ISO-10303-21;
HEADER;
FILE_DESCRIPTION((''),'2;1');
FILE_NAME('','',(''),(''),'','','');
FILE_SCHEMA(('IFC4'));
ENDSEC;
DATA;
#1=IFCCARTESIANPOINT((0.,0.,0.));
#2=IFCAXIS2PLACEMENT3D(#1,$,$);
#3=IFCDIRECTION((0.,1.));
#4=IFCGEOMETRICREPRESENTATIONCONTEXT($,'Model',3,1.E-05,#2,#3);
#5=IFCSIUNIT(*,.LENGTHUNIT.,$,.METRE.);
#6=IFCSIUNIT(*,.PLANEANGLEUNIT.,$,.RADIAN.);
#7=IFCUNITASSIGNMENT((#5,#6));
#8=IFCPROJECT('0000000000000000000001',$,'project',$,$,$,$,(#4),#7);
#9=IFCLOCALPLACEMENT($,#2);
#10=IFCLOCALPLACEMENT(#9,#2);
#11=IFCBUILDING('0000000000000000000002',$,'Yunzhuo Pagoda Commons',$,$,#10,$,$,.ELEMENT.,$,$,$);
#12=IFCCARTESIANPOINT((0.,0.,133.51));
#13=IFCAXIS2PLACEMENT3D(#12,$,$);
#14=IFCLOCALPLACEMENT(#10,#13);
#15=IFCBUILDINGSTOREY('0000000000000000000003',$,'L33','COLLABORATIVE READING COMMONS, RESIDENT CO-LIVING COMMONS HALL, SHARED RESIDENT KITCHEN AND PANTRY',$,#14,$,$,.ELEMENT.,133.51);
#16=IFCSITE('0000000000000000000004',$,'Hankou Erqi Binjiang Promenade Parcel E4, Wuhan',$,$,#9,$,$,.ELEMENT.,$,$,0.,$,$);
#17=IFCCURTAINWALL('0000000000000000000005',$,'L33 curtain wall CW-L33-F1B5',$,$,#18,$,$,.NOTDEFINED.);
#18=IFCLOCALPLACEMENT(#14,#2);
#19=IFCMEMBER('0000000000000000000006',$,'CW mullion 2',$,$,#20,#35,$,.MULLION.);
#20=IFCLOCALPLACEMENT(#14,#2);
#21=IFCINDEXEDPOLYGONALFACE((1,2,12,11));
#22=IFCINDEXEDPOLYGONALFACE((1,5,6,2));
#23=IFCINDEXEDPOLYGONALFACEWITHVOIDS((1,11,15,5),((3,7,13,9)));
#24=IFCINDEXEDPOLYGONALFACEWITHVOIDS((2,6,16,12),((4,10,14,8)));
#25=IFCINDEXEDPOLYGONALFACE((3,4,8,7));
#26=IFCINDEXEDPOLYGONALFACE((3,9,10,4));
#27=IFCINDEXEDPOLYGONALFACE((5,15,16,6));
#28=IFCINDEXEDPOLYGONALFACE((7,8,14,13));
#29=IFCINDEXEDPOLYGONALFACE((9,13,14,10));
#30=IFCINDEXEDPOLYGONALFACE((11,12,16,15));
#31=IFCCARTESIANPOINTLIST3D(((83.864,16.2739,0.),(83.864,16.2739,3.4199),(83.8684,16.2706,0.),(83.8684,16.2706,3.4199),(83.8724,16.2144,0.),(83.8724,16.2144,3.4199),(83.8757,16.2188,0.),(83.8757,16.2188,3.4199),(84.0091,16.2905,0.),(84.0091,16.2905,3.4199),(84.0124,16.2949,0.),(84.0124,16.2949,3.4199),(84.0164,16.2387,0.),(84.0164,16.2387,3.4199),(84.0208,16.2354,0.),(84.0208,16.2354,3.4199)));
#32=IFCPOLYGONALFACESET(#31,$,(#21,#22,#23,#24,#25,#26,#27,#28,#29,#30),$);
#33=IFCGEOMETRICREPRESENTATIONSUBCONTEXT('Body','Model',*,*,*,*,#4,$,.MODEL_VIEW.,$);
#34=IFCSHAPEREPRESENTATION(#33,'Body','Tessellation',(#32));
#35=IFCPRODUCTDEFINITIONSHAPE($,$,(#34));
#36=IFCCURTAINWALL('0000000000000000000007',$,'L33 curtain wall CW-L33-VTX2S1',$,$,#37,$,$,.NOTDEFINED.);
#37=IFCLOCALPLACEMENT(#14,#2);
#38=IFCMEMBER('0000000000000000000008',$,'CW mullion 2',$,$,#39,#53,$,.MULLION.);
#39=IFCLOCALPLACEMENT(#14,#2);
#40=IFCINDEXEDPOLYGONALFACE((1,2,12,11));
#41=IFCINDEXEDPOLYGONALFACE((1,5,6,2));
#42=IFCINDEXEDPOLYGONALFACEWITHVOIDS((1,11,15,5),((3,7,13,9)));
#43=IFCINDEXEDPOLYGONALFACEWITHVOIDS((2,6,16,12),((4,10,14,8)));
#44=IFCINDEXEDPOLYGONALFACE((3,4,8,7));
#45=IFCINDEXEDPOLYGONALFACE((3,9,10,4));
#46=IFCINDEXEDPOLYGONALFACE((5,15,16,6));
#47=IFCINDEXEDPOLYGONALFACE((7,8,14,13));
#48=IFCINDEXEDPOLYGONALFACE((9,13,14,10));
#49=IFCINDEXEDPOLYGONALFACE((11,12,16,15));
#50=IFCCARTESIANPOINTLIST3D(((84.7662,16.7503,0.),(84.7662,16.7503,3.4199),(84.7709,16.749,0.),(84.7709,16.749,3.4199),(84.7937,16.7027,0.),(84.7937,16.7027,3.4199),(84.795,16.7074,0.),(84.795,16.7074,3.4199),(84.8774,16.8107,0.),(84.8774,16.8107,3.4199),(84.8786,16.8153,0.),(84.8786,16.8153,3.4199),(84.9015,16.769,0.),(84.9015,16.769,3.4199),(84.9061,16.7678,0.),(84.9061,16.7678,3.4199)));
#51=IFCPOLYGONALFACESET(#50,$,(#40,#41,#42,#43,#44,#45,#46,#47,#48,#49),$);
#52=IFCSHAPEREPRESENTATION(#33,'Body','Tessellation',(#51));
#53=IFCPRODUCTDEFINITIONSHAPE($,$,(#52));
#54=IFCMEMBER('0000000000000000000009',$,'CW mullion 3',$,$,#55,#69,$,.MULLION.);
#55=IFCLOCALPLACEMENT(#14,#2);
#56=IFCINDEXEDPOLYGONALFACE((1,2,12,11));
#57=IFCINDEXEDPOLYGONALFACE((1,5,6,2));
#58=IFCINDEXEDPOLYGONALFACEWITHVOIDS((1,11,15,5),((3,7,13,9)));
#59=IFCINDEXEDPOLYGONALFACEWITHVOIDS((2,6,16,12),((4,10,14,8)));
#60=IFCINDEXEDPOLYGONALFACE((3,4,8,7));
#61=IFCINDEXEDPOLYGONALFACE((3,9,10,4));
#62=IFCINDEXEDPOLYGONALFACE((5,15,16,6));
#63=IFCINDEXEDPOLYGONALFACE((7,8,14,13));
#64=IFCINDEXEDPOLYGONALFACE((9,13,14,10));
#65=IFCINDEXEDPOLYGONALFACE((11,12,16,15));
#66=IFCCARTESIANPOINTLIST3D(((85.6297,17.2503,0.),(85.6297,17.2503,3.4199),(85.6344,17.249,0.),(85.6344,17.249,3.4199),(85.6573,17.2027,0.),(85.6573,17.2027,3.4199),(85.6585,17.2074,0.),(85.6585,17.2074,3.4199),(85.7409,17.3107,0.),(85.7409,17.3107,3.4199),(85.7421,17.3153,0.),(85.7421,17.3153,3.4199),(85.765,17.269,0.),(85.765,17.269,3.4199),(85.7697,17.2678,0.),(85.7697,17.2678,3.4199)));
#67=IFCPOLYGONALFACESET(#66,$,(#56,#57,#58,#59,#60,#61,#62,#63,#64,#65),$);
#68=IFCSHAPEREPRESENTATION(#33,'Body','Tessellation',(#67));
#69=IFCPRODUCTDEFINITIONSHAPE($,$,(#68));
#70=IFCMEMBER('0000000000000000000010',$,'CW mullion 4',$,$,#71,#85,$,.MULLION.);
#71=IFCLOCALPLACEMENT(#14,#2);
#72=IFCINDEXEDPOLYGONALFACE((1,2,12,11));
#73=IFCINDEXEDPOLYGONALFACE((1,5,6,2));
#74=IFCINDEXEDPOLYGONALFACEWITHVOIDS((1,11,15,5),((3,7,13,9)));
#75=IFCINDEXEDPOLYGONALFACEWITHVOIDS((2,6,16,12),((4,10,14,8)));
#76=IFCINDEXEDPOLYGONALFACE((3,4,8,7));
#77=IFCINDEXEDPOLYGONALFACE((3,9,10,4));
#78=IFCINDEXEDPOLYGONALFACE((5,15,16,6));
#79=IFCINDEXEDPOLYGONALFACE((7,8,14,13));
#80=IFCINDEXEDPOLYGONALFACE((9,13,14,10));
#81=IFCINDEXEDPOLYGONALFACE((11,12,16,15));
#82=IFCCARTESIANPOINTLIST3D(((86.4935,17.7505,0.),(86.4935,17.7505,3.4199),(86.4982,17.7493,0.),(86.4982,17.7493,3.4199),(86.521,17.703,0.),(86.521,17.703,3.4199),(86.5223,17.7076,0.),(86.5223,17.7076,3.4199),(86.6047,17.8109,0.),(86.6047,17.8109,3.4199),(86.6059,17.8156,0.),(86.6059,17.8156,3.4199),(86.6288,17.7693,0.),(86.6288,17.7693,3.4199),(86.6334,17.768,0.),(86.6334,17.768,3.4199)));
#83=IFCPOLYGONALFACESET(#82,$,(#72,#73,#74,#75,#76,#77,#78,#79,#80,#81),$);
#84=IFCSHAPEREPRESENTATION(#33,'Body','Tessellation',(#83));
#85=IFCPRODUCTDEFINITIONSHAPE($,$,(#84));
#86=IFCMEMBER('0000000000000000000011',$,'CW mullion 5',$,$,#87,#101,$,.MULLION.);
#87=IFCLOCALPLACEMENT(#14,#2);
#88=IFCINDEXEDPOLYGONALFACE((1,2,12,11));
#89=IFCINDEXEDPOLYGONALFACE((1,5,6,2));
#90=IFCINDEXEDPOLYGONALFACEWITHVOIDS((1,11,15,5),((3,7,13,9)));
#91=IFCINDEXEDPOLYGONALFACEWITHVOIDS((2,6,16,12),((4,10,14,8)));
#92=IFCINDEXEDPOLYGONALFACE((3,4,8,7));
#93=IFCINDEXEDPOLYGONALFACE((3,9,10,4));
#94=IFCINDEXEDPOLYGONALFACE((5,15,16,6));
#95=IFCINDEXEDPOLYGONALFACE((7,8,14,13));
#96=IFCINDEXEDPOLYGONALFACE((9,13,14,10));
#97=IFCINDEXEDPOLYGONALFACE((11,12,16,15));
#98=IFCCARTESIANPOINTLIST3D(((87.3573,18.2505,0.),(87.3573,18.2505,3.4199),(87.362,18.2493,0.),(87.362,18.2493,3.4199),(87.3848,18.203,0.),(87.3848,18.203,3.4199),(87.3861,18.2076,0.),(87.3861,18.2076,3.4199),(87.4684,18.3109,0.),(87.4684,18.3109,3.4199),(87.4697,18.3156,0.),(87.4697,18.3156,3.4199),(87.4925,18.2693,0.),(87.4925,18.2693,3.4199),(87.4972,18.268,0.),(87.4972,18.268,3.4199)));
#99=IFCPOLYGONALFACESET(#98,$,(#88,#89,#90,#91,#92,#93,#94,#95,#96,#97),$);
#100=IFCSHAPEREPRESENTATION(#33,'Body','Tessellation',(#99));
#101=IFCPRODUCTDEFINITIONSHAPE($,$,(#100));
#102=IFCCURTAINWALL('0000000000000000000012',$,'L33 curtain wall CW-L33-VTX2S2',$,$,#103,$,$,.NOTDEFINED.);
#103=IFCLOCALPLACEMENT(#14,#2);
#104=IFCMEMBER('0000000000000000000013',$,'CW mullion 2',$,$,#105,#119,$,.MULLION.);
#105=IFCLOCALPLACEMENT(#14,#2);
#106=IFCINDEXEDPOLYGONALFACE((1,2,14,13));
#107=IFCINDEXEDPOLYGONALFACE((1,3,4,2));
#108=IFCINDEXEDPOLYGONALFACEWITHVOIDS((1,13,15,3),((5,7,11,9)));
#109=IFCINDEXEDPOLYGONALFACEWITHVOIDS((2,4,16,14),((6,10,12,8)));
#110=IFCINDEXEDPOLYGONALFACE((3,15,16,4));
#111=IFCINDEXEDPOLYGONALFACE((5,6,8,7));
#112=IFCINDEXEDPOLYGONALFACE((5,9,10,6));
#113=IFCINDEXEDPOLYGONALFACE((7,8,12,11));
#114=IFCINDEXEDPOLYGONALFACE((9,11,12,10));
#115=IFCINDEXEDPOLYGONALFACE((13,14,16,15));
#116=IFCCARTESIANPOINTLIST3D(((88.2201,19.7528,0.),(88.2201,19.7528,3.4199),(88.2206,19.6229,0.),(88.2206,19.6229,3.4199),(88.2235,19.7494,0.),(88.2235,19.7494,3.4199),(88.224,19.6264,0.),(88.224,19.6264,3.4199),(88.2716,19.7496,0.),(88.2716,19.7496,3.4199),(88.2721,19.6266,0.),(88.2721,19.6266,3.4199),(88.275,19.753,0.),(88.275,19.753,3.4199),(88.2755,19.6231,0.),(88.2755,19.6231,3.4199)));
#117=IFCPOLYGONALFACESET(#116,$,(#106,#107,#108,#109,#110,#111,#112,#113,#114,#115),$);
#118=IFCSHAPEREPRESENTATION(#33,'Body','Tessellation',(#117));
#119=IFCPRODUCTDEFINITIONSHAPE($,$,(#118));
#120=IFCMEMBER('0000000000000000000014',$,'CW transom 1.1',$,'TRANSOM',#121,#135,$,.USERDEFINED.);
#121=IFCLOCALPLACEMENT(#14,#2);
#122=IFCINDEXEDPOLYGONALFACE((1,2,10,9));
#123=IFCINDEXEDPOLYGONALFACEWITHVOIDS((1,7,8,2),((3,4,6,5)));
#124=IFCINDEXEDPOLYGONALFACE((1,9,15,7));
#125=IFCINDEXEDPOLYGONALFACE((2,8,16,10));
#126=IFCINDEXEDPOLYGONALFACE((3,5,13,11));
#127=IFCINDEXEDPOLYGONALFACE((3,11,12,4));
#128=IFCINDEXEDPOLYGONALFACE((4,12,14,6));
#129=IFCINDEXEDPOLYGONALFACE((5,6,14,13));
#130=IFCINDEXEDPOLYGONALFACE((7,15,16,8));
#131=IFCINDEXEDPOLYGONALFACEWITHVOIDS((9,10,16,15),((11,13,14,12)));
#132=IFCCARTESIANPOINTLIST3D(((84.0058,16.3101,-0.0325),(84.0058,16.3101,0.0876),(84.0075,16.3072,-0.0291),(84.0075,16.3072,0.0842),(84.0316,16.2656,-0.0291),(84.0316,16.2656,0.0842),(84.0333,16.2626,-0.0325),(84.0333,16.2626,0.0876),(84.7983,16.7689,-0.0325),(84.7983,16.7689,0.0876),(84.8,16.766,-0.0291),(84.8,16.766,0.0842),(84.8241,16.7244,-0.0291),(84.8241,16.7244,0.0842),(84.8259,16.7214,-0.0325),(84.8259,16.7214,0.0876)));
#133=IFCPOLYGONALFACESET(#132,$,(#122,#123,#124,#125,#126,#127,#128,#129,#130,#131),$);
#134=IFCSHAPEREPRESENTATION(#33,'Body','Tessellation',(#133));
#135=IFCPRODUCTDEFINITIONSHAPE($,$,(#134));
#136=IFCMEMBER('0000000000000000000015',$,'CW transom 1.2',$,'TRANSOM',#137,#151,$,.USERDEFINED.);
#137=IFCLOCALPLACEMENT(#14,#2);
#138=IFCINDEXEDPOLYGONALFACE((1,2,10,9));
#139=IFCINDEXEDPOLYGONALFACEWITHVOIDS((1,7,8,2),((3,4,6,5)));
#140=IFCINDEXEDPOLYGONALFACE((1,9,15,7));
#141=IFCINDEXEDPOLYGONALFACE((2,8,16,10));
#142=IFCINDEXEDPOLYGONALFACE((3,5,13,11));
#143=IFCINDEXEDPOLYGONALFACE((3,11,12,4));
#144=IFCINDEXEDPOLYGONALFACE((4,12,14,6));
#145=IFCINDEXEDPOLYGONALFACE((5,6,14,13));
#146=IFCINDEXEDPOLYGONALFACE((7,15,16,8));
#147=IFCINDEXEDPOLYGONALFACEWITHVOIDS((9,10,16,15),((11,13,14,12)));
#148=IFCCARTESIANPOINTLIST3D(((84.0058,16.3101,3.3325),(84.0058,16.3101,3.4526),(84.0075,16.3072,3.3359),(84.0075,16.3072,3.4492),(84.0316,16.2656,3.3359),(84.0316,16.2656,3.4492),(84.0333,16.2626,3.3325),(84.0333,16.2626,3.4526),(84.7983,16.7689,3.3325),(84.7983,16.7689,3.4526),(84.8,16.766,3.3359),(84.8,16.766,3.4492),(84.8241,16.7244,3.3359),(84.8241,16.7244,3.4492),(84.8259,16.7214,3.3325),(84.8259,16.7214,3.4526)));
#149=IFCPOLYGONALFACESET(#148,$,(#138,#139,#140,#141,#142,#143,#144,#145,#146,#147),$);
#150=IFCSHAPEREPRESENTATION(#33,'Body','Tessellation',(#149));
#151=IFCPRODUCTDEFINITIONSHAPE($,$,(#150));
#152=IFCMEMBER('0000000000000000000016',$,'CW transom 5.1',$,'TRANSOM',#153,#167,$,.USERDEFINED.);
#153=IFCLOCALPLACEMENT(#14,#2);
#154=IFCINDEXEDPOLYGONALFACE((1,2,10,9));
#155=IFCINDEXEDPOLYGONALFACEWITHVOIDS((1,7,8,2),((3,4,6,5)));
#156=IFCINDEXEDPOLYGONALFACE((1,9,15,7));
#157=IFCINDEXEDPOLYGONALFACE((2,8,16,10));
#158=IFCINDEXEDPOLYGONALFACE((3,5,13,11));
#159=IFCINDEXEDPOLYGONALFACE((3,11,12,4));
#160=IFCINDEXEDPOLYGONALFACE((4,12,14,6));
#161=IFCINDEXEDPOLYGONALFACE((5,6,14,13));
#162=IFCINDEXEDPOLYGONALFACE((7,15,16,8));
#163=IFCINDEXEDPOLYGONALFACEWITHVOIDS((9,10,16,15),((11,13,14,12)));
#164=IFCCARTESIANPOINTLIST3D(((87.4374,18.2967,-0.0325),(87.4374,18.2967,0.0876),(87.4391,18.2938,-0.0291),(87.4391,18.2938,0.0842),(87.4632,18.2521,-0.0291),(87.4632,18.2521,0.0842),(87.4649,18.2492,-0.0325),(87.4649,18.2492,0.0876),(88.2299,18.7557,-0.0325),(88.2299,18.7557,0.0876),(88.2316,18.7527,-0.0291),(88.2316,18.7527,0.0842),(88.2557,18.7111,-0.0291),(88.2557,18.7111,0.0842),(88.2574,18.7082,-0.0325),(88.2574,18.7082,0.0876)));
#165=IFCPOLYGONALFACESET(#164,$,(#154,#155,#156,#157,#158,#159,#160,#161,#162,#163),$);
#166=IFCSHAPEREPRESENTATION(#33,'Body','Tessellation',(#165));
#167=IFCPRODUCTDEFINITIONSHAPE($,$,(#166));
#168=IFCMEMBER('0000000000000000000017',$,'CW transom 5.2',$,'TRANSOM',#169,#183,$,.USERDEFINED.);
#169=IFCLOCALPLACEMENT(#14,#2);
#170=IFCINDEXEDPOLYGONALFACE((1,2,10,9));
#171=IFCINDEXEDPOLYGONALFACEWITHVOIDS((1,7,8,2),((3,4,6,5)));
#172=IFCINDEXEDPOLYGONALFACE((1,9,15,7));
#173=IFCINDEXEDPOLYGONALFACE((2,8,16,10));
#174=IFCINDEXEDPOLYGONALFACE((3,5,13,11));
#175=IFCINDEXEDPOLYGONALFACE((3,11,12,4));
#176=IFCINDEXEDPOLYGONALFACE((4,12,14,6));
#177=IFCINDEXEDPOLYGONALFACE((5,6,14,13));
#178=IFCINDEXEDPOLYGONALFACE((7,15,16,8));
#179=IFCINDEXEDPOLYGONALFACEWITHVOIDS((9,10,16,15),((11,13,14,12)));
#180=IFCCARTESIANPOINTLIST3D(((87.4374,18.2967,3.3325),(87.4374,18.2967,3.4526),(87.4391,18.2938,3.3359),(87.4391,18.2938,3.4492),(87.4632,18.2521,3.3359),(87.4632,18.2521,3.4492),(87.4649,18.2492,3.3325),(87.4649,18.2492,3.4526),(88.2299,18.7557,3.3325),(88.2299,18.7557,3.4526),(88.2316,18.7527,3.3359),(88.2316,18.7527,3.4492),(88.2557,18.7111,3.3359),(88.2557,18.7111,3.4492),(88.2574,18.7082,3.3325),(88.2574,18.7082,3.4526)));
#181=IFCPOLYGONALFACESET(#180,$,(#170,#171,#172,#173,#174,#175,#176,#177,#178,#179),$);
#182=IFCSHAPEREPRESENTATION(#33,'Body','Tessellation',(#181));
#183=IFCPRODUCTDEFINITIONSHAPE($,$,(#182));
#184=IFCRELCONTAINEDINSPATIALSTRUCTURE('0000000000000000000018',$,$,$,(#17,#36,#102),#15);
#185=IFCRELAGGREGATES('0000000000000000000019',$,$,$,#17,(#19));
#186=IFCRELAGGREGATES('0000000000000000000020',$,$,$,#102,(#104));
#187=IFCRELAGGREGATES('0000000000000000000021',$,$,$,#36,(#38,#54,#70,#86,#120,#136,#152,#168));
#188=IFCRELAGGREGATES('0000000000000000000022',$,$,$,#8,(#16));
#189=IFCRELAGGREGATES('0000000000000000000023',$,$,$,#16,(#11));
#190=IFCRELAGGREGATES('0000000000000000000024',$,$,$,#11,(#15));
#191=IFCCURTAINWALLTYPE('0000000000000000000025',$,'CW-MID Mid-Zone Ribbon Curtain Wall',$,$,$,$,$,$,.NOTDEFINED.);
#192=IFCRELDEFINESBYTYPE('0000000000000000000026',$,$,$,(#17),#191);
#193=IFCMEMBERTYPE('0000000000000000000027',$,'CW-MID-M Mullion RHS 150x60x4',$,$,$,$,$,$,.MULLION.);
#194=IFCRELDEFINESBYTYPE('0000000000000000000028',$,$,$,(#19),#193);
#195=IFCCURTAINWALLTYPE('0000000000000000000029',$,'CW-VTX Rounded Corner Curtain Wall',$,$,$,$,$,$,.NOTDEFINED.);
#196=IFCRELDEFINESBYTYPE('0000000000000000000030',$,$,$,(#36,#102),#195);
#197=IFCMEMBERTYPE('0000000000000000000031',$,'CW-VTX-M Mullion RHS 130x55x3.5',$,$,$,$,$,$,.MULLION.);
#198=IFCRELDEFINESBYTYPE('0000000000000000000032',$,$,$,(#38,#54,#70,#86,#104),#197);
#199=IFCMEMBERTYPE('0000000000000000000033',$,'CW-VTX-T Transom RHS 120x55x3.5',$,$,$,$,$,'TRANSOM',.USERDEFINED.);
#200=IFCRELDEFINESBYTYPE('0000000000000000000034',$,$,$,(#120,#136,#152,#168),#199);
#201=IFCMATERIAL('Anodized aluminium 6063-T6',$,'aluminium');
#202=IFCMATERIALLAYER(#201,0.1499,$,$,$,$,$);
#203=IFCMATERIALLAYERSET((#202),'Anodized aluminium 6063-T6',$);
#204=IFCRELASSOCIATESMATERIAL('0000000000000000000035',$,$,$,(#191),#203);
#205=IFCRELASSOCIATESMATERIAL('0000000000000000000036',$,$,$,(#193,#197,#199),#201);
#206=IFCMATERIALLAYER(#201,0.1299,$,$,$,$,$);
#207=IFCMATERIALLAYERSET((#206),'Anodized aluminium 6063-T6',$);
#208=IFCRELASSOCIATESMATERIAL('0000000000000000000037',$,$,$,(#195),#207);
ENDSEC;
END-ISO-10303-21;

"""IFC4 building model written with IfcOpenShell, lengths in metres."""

from ifc_helpers import new_model, si_unit, direction, frame, origin, origin_2d, place, context, subcontext, project, spatial, hollow_rectangle, extrude, source, transform, mapped, material, layer, layer_set, material_profile, profile_set, type_object, element, aggregate, save


model = new_model("IFC4")

# Units and contexts
model_context = context("Model", 3, precision=1e-05, world=origin(), true_north=direction((0.0, 1.0)))
body_context = subcontext(model_context, "Body", "Model", "MODEL_VIEW")
ifc_project = project(units=[si_unit("LENGTHUNIT", "METRE"), si_unit("PLANEANGLEUNIT", "RADIAN")], contexts=[model_context])

# Site, building, storey
site_placement = place(None, origin())
site = spatial("IfcSite", under=ifc_project, at=site_placement, Name="Hankou Erqi Binjiang Promenade Parcel E4, Wuhan", CompositionType="ELEMENT", RefElevation=0.0)
building_placement = place(site_placement, origin())
building = spatial("IfcBuilding", under=site, at=building_placement, Name="Yunzhuo Pagoda Commons", CompositionType="ELEMENT")
storey_placement = place(building_placement, frame((0.0, 0.0, 133.51)))
storey = spatial("IfcBuildingStorey", under=building, at=storey_placement, Name="L33", Description="COLLABORATIVE READING COMMONS, RESIDENT CO-LIVING COMMONS HALL, SHARED RESIDENT KITCHEN AND PANTRY", CompositionType="ELEMENT", Elevation=133.51)

# Curtain wall, member
ifc_material_1 = material(Name="Anodized aluminium 6063-T6", Category="aluminium")
ifc_layer_1 = layer(ifc_material_1, 0.1499)
ifc_layer_set_1 = layer_set([ifc_layer_1], Name="Anodized aluminium 6063-T6")
curtain_wall_type_1 = type_object("IfcCurtainWallType", Name="CW-MID Mid-Zone Ribbon Curtain Wall", PredefinedType="NOTDEFINED", material=ifc_layer_set_1)
curtain_wall_1_placement = place(storey_placement, origin())
curtain_wall_1 = element("IfcCurtainWall", 1, at=curtain_wall_1_placement, inside=storey, type_object=curtain_wall_type_1, Name="L33 curtain wall CW-L33-F1B5", PredefinedType="NOTDEFINED")
ifc_material_profile_1 = material_profile(ifc_material_1, hollow_rectangle(XDim=0.0601, YDim=0.1499, WallThickness=0.0039, at=origin_2d()), Name="Anodized aluminium 6063-T6")
ifc_profile_set_1 = profile_set([ifc_material_profile_1], Name="Anodized aluminium 6063-T6")
member_type_1 = type_object("IfcMemberType", Name="CW-MID-M Mullion RHS 150x60x4", PredefinedType="MULLION", material=ifc_profile_set_1)
shared_shape_1 = source(origin(), body_context, "Body", "SweptSolid", [
    extrude(hollow_rectangle(XDim=0.0601, YDim=0.1499, WallThickness=0.0039, at=origin_2d()), origin(), (0.0, 0.0, 1.0), 3.4199),
])
member_1_placement = place(storey_placement, frame((83.9424, 16.2546, 0.0), z_axis=(0.0, 0.0, 1.0), x_axis=(-0.140027, 0.990148, 0.0)))
member_1 = element("IfcMember", 2, at=member_1_placement, type_object=member_type_1, Name="CW mullion 2", PredefinedType="MULLION", context=body_context, shape_type="MappedRepresentation", body=[
    mapped(shared_shape_1, transform((0.0, 0.0, 0.0), scale=1.0)),
])
aggregate(curtain_wall_1, [member_1])

# Curtain wall, members
ifc_layer_2 = layer(ifc_material_1, 0.1299)
ifc_layer_set_2 = layer_set([ifc_layer_2], Name="Anodized aluminium 6063-T6")
curtain_wall_type_2 = type_object("IfcCurtainWallType", Name="CW-VTX Rounded Corner Curtain Wall", PredefinedType="NOTDEFINED", material=ifc_layer_set_2)
curtain_wall_2_placement = place(storey_placement, origin())
curtain_wall_2 = element("IfcCurtainWall", 3, at=curtain_wall_2_placement, inside=storey, type_object=curtain_wall_type_2, Name="L33 curtain wall CW-L33-VTX2S1", PredefinedType="NOTDEFINED")
ifc_material_profile_2 = material_profile(ifc_material_1, hollow_rectangle(XDim=0.0549, YDim=0.1299, WallThickness=0.0034, at=origin_2d()), Name="Anodized aluminium 6063-T6")
ifc_profile_set_2 = profile_set([ifc_material_profile_2], Name="Anodized aluminium 6063-T6")
member_type_2 = type_object("IfcMemberType", Name="CW-VTX-M Mullion RHS 130x55x3.5", PredefinedType="MULLION", material=ifc_profile_set_2)
shared_shape_2 = source(origin(), body_context, "Body", "SweptSolid", [
    extrude(hollow_rectangle(XDim=0.0549, YDim=0.1299, WallThickness=0.0034, at=origin_2d()), origin(), (0.0, 0.0, 1.0), 3.4199),
])
member_2_placement = place(storey_placement, frame((84.8362, 16.759, 0.0), z_axis=(0.0, 0.0, 1.0), x_axis=(-0.501038, 0.865425, 0.0)))
member_2 = element("IfcMember", 4, at=member_2_placement, type_object=member_type_2, Name="CW mullion 2", PredefinedType="MULLION", context=body_context, shape_type="MappedRepresentation", body=[
    mapped(shared_shape_2, transform((0.0, 0.0, 0.0), scale=1.0)),
])
member_3_placement = place(storey_placement, frame((85.6997, 17.259, 0.0), z_axis=(0.0, 0.0, 1.0), x_axis=(-0.501038, 0.865425, 0.0)))
member_3 = element("IfcMember", 5, at=member_3_placement, type_object=member_type_2, Name="CW mullion 3", PredefinedType="MULLION", context=body_context, shape_type="MappedRepresentation", body=[
    mapped(shared_shape_2, transform((0.0, 0.0, 0.0), scale=1.0)),
])
member_4_placement = place(storey_placement, frame((86.5635, 17.7593, 0.0), z_axis=(0.0, 0.0, 1.0), x_axis=(-0.501038, 0.865425, 0.0)))
member_4 = element("IfcMember", 6, at=member_4_placement, type_object=member_type_2, Name="CW mullion 4", PredefinedType="MULLION", context=body_context, shape_type="MappedRepresentation", body=[
    mapped(shared_shape_2, transform((0.0, 0.0, 0.0), scale=1.0)),
])
member_5_placement = place(storey_placement, frame((87.4272, 18.2593, 0.0), z_axis=(0.0, 0.0, 1.0), x_axis=(-0.501038, 0.865425, 0.0)))
member_5 = element("IfcMember", 7, at=member_5_placement, type_object=member_type_2, Name="CW mullion 5", PredefinedType="MULLION", context=body_context, shape_type="MappedRepresentation", body=[
    mapped(shared_shape_2, transform((0.0, 0.0, 0.0), scale=1.0)),
])

# Curtain wall, member
curtain_wall_3_placement = place(storey_placement, origin())
curtain_wall_3 = element("IfcCurtainWall", 8, at=curtain_wall_3_placement, inside=storey, type_object=curtain_wall_type_2, Name="L33 curtain wall CW-L33-VTX2S2", PredefinedType="NOTDEFINED")
member_6_placement = place(storey_placement, frame((88.2478, 19.688, 0.0), z_axis=(0.0, 0.0, 1.0), x_axis=(-0.999994, -0.003587, 0.0)))
member_6 = element("IfcMember", 9, at=member_6_placement, type_object=member_type_2, Name="CW mullion 2", PredefinedType="MULLION", context=body_context, shape_type="MappedRepresentation", body=[
    mapped(shared_shape_2, transform((0.0, 0.0, 0.0), scale=1.0)),
])

# Members
ifc_material_profile_3 = material_profile(ifc_material_1, hollow_rectangle(XDim=0.0549, YDim=0.1201, WallThickness=0.0034, at=origin_2d()), Name="Anodized aluminium 6063-T6")
ifc_profile_set_3 = profile_set([ifc_material_profile_3], Name="Anodized aluminium 6063-T6")
member_type_3 = type_object("IfcMemberType", Name="CW-VTX-T Transom RHS 120x55x3.5", ElementType="TRANSOM", PredefinedType="USERDEFINED", material=ifc_profile_set_3)
shared_shape_3 = source(origin(), body_context, "Body", "SweptSolid", [
    extrude(hollow_rectangle(XDim=0.0549, YDim=0.1201, WallThickness=0.0034, at=origin_2d()), origin(), (0.0, 0.0, 1.0), 0.9158),
])
member_7_placement = place(storey_placement, frame((84.0195, 16.2864, 0.0276), z_axis=(0.865457, 0.500984, 0.0), x_axis=(-0.500984, 0.865457, 0.0)))
member_7 = element("IfcMember", 10, at=member_7_placement, type_object=member_type_3, Name="CW transom 1.1", ObjectType="TRANSOM", PredefinedType="USERDEFINED", context=body_context, shape_type="MappedRepresentation", body=[
    mapped(shared_shape_3, transform((0.0, 0.0, 0.0), scale=1.0)),
])
member_8_placement = place(storey_placement, frame((84.0195, 16.2864, 3.3926), z_axis=(0.865457, 0.500984, 0.0), x_axis=(-0.500984, 0.865457, 0.0)))
member_8 = element("IfcMember", 11, at=member_8_placement, type_object=member_type_3, Name="CW transom 1.2", ObjectType="TRANSOM", PredefinedType="USERDEFINED", context=body_context, shape_type="MappedRepresentation", body=[
    mapped(shared_shape_3, transform((0.0, 0.0, 0.0), scale=1.0)),
])
member_9_placement = place(storey_placement, frame((87.4512, 18.2729, 0.0276), z_axis=(0.865341, 0.501183, 0.0), x_axis=(-0.501183, 0.865341, 0.0)))
member_9 = element("IfcMember", 12, at=member_9_placement, type_object=member_type_3, Name="CW transom 5.1", ObjectType="TRANSOM", PredefinedType="USERDEFINED", context=body_context, shape_type="MappedRepresentation", body=[
    mapped(shared_shape_3, transform((0.0, 0.0, 0.0), scale=1.0)),
])
member_10_placement = place(storey_placement, frame((87.4512, 18.2729, 3.3926), z_axis=(0.865341, 0.501183, 0.0), x_axis=(-0.501183, 0.865341, 0.0)))
member_10 = element("IfcMember", 13, at=member_10_placement, type_object=member_type_3, Name="CW transom 5.2", ObjectType="TRANSOM", PredefinedType="USERDEFINED", context=body_context, shape_type="MappedRepresentation", body=[
    mapped(shared_shape_3, transform((0.0, 0.0, 0.0), scale=1.0)),
])

aggregate(curtain_wall_3, [member_6])
aggregate(curtain_wall_2, [member_2, member_3, member_4, member_5, member_7, member_8, member_9, member_10])

save(model, "model.ifc")
